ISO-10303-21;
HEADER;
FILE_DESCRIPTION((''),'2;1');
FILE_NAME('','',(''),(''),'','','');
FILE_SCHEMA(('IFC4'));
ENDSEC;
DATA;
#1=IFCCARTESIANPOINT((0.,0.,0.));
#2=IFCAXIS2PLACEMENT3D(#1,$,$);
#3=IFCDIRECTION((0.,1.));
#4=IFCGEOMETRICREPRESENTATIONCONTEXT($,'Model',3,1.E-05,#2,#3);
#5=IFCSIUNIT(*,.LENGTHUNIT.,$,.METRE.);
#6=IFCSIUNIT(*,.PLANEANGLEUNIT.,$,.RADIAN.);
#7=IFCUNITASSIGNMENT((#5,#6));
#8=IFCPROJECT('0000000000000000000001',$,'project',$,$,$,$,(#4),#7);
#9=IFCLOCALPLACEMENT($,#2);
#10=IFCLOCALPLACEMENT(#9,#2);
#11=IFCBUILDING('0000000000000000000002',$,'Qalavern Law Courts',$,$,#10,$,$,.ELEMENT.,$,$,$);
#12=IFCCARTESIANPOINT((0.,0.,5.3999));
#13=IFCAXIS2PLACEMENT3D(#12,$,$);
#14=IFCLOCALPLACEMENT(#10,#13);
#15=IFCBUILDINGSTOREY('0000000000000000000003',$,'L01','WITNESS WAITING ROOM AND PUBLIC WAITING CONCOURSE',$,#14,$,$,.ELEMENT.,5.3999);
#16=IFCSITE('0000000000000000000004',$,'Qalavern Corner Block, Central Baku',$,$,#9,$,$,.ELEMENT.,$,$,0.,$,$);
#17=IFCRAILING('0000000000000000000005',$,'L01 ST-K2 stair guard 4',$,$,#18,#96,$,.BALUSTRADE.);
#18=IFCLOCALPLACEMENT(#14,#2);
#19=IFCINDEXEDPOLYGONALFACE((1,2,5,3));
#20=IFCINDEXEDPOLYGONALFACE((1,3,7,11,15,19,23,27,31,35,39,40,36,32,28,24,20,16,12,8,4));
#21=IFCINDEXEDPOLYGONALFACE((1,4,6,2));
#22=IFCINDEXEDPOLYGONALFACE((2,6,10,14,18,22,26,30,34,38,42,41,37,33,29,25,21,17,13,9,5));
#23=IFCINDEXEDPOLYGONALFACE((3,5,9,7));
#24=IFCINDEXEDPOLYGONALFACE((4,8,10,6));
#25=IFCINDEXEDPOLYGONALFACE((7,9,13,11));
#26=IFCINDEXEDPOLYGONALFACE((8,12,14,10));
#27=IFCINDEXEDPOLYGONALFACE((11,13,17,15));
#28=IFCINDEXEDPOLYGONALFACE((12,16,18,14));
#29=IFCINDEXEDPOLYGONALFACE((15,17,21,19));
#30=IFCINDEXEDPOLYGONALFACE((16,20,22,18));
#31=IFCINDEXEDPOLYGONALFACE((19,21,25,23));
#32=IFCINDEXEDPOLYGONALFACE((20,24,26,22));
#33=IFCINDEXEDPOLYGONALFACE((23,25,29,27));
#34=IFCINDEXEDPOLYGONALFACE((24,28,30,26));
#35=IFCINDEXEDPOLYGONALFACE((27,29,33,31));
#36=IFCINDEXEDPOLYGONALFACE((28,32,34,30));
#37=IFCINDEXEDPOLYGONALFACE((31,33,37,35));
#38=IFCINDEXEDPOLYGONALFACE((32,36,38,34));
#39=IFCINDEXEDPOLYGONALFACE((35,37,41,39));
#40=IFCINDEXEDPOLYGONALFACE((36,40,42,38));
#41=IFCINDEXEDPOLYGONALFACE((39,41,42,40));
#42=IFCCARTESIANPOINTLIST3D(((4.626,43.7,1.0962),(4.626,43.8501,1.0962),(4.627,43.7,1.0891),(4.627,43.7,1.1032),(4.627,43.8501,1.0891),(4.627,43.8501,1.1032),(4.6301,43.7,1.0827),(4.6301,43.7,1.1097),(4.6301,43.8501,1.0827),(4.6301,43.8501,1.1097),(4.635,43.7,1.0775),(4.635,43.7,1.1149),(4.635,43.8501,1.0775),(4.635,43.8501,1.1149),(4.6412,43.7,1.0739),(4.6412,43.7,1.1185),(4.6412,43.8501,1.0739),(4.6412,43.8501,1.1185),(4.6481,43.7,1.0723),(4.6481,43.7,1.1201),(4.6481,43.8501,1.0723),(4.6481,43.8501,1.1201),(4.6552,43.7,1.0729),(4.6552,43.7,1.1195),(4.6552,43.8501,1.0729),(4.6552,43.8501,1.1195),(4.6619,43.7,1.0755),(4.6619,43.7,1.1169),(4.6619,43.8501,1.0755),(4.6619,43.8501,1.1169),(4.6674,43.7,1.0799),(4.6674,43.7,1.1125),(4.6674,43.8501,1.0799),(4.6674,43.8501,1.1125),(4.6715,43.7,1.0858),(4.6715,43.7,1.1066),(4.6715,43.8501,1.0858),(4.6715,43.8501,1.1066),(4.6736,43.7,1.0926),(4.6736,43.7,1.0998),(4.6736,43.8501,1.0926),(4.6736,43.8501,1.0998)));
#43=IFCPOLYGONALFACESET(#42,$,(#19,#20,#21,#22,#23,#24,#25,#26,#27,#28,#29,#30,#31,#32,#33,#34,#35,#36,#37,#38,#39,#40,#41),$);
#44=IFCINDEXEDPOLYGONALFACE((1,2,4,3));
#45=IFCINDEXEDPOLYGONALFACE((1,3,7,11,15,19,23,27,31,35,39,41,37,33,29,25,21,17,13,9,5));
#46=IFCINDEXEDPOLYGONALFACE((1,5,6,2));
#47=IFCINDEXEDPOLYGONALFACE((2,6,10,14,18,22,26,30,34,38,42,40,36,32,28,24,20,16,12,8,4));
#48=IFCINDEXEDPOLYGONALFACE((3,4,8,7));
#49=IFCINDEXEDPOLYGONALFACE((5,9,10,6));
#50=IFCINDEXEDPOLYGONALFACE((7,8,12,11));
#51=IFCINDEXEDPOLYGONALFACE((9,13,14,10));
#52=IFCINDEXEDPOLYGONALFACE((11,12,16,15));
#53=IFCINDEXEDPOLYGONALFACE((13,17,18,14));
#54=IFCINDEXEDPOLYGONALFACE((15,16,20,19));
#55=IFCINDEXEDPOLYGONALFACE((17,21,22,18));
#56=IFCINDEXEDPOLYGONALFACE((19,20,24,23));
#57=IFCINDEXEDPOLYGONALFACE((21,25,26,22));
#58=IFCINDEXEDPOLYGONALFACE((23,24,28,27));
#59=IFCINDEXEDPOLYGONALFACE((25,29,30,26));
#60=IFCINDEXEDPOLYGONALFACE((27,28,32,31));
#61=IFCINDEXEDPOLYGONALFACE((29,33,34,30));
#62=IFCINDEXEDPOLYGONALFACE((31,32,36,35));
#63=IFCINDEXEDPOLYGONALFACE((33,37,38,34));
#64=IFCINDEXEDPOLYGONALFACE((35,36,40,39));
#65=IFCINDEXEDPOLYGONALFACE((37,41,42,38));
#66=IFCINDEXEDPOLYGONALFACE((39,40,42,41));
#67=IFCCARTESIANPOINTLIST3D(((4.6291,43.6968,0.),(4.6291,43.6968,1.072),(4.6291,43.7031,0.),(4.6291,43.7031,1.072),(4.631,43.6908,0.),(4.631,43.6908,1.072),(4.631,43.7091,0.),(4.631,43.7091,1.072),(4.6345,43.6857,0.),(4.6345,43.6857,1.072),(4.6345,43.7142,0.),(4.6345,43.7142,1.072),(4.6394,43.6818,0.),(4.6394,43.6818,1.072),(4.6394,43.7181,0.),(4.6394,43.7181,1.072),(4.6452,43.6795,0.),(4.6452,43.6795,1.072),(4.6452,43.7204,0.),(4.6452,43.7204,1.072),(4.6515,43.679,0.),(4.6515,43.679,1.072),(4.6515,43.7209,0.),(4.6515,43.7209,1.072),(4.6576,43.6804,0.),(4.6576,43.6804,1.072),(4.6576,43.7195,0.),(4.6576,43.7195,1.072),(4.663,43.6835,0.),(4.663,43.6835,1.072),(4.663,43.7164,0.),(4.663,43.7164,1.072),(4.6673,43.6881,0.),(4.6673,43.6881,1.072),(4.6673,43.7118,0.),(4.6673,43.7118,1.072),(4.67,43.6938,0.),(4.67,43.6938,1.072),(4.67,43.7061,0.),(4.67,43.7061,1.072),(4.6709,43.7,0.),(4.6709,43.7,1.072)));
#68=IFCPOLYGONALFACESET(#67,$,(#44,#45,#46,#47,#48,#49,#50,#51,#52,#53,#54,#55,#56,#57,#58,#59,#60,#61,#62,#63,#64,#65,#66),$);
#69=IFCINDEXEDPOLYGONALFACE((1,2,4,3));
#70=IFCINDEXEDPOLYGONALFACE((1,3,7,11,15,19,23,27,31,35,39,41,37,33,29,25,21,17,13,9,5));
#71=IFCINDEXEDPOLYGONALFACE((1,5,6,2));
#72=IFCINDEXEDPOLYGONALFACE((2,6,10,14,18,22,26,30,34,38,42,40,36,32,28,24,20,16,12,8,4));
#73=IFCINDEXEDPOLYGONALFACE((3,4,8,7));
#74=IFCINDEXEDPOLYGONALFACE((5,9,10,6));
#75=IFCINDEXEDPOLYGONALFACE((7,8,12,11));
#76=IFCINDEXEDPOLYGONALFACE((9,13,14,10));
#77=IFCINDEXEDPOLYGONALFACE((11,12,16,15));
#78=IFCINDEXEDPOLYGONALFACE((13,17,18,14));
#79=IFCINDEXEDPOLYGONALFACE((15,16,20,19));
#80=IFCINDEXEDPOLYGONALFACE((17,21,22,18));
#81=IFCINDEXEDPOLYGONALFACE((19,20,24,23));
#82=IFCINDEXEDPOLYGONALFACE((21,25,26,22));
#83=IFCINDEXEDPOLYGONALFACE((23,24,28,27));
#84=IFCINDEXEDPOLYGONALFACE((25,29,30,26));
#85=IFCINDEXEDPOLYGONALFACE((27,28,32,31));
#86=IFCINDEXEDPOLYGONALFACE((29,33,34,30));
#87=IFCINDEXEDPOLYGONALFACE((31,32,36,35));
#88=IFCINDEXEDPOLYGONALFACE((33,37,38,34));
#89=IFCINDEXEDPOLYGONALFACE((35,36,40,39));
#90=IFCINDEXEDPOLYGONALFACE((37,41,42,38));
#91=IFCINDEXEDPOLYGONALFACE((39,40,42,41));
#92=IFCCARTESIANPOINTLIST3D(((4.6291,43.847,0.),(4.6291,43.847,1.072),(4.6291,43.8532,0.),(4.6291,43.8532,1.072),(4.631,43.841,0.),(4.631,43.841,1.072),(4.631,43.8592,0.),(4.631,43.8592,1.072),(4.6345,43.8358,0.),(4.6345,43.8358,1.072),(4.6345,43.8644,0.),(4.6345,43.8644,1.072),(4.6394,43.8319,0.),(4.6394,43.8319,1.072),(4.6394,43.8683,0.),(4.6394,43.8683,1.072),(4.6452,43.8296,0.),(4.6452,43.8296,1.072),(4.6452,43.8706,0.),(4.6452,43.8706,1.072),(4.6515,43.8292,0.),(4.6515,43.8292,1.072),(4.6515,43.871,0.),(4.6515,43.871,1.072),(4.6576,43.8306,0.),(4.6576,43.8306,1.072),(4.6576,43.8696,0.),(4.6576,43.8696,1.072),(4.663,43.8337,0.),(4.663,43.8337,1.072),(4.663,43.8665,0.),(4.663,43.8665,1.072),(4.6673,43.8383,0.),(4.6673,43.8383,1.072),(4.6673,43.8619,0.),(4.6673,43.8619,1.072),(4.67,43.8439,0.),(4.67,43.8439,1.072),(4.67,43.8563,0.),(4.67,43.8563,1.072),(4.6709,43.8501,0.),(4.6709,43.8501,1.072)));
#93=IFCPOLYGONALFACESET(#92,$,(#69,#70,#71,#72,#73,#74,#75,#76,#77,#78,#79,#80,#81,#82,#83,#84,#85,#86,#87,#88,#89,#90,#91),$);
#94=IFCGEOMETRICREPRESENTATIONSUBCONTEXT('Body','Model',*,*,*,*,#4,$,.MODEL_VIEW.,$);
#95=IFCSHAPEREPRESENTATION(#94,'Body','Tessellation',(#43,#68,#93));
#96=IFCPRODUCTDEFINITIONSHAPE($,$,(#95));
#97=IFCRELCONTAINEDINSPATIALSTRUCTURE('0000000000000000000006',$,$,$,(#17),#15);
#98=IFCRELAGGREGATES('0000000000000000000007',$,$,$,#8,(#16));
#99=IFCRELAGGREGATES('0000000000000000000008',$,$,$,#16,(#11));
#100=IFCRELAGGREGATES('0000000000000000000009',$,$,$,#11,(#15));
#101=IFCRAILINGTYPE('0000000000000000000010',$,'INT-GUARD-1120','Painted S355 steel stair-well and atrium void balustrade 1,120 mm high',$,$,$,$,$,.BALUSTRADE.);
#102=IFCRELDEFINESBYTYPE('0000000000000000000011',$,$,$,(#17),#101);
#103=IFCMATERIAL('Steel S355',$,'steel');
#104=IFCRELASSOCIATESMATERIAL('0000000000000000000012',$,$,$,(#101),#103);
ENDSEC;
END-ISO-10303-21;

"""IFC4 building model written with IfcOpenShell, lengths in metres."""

from ifc_helpers import new_model, si_unit, direction, frame, origin, origin_2d, place, context, subcontext, project, spatial, circle, extrude, material, type_object, element, save


model = new_model("IFC4")

# Units and contexts
model_context = context("Model", 3, precision=1e-05, world=origin(), true_north=direction((0.0, 1.0)))
body_context = subcontext(model_context, "Body", "Model", "MODEL_VIEW")
ifc_project = project(units=[si_unit("LENGTHUNIT", "METRE"), si_unit("PLANEANGLEUNIT", "RADIAN")], contexts=[model_context])

# Site, building, storey
site_placement = place(None, origin())
site = spatial("IfcSite", under=ifc_project, at=site_placement, Name="Qalavern Corner Block, Central Baku", CompositionType="ELEMENT", RefElevation=0.0)
building_placement = place(site_placement, origin())
building = spatial("IfcBuilding", under=site, at=building_placement, Name="Qalavern Law Courts", CompositionType="ELEMENT")
storey_placement = place(building_placement, frame((0.0, 0.0, 5.3999)))
storey = spatial("IfcBuildingStorey", under=building, at=storey_placement, Name="L01", Description="WITNESS WAITING ROOM AND PUBLIC WAITING CONCOURSE", CompositionType="ELEMENT", Elevation=5.3999)

# Railing
ifc_material_1 = material(Name="Steel S355", Category="steel")
railing_type_1 = type_object("IfcRailingType", Name="INT-GUARD-1120", Description="Painted S355 steel stair-well and atrium void balustrade 1,120 mm high", PredefinedType="BALUSTRADE", material=ifc_material_1)
railing_1_placement = place(storey_placement, frame((4.6499, 43.7, 0.0)))
element("IfcRailing", 1, at=railing_1_placement, inside=storey, type_object=railing_type_1, Name="L01 ST-K2 stair guard 4", PredefinedType="BALUSTRADE", context=body_context, shape_type="SweptSolid", body=[
    extrude(circle(Radius=0.0239, at=origin_2d()), frame((0.0, 0.0, 1.0962), z_axis=(0.0, 1.0, 0.0), x_axis=(-1.0, 0.0, 0.0)), (0.0, 0.0, 1.0), 0.1501),
    extrude(circle(Radius=0.021, at=origin_2d()), origin(), (0.0, 0.0, 1.0), 1.072),
    extrude(circle(Radius=0.021, at=origin_2d()), frame((0.0, 0.1501, 0.0)), (0.0, 0.0, 1.0), 1.072),
])

save(model, "model.ifc")
